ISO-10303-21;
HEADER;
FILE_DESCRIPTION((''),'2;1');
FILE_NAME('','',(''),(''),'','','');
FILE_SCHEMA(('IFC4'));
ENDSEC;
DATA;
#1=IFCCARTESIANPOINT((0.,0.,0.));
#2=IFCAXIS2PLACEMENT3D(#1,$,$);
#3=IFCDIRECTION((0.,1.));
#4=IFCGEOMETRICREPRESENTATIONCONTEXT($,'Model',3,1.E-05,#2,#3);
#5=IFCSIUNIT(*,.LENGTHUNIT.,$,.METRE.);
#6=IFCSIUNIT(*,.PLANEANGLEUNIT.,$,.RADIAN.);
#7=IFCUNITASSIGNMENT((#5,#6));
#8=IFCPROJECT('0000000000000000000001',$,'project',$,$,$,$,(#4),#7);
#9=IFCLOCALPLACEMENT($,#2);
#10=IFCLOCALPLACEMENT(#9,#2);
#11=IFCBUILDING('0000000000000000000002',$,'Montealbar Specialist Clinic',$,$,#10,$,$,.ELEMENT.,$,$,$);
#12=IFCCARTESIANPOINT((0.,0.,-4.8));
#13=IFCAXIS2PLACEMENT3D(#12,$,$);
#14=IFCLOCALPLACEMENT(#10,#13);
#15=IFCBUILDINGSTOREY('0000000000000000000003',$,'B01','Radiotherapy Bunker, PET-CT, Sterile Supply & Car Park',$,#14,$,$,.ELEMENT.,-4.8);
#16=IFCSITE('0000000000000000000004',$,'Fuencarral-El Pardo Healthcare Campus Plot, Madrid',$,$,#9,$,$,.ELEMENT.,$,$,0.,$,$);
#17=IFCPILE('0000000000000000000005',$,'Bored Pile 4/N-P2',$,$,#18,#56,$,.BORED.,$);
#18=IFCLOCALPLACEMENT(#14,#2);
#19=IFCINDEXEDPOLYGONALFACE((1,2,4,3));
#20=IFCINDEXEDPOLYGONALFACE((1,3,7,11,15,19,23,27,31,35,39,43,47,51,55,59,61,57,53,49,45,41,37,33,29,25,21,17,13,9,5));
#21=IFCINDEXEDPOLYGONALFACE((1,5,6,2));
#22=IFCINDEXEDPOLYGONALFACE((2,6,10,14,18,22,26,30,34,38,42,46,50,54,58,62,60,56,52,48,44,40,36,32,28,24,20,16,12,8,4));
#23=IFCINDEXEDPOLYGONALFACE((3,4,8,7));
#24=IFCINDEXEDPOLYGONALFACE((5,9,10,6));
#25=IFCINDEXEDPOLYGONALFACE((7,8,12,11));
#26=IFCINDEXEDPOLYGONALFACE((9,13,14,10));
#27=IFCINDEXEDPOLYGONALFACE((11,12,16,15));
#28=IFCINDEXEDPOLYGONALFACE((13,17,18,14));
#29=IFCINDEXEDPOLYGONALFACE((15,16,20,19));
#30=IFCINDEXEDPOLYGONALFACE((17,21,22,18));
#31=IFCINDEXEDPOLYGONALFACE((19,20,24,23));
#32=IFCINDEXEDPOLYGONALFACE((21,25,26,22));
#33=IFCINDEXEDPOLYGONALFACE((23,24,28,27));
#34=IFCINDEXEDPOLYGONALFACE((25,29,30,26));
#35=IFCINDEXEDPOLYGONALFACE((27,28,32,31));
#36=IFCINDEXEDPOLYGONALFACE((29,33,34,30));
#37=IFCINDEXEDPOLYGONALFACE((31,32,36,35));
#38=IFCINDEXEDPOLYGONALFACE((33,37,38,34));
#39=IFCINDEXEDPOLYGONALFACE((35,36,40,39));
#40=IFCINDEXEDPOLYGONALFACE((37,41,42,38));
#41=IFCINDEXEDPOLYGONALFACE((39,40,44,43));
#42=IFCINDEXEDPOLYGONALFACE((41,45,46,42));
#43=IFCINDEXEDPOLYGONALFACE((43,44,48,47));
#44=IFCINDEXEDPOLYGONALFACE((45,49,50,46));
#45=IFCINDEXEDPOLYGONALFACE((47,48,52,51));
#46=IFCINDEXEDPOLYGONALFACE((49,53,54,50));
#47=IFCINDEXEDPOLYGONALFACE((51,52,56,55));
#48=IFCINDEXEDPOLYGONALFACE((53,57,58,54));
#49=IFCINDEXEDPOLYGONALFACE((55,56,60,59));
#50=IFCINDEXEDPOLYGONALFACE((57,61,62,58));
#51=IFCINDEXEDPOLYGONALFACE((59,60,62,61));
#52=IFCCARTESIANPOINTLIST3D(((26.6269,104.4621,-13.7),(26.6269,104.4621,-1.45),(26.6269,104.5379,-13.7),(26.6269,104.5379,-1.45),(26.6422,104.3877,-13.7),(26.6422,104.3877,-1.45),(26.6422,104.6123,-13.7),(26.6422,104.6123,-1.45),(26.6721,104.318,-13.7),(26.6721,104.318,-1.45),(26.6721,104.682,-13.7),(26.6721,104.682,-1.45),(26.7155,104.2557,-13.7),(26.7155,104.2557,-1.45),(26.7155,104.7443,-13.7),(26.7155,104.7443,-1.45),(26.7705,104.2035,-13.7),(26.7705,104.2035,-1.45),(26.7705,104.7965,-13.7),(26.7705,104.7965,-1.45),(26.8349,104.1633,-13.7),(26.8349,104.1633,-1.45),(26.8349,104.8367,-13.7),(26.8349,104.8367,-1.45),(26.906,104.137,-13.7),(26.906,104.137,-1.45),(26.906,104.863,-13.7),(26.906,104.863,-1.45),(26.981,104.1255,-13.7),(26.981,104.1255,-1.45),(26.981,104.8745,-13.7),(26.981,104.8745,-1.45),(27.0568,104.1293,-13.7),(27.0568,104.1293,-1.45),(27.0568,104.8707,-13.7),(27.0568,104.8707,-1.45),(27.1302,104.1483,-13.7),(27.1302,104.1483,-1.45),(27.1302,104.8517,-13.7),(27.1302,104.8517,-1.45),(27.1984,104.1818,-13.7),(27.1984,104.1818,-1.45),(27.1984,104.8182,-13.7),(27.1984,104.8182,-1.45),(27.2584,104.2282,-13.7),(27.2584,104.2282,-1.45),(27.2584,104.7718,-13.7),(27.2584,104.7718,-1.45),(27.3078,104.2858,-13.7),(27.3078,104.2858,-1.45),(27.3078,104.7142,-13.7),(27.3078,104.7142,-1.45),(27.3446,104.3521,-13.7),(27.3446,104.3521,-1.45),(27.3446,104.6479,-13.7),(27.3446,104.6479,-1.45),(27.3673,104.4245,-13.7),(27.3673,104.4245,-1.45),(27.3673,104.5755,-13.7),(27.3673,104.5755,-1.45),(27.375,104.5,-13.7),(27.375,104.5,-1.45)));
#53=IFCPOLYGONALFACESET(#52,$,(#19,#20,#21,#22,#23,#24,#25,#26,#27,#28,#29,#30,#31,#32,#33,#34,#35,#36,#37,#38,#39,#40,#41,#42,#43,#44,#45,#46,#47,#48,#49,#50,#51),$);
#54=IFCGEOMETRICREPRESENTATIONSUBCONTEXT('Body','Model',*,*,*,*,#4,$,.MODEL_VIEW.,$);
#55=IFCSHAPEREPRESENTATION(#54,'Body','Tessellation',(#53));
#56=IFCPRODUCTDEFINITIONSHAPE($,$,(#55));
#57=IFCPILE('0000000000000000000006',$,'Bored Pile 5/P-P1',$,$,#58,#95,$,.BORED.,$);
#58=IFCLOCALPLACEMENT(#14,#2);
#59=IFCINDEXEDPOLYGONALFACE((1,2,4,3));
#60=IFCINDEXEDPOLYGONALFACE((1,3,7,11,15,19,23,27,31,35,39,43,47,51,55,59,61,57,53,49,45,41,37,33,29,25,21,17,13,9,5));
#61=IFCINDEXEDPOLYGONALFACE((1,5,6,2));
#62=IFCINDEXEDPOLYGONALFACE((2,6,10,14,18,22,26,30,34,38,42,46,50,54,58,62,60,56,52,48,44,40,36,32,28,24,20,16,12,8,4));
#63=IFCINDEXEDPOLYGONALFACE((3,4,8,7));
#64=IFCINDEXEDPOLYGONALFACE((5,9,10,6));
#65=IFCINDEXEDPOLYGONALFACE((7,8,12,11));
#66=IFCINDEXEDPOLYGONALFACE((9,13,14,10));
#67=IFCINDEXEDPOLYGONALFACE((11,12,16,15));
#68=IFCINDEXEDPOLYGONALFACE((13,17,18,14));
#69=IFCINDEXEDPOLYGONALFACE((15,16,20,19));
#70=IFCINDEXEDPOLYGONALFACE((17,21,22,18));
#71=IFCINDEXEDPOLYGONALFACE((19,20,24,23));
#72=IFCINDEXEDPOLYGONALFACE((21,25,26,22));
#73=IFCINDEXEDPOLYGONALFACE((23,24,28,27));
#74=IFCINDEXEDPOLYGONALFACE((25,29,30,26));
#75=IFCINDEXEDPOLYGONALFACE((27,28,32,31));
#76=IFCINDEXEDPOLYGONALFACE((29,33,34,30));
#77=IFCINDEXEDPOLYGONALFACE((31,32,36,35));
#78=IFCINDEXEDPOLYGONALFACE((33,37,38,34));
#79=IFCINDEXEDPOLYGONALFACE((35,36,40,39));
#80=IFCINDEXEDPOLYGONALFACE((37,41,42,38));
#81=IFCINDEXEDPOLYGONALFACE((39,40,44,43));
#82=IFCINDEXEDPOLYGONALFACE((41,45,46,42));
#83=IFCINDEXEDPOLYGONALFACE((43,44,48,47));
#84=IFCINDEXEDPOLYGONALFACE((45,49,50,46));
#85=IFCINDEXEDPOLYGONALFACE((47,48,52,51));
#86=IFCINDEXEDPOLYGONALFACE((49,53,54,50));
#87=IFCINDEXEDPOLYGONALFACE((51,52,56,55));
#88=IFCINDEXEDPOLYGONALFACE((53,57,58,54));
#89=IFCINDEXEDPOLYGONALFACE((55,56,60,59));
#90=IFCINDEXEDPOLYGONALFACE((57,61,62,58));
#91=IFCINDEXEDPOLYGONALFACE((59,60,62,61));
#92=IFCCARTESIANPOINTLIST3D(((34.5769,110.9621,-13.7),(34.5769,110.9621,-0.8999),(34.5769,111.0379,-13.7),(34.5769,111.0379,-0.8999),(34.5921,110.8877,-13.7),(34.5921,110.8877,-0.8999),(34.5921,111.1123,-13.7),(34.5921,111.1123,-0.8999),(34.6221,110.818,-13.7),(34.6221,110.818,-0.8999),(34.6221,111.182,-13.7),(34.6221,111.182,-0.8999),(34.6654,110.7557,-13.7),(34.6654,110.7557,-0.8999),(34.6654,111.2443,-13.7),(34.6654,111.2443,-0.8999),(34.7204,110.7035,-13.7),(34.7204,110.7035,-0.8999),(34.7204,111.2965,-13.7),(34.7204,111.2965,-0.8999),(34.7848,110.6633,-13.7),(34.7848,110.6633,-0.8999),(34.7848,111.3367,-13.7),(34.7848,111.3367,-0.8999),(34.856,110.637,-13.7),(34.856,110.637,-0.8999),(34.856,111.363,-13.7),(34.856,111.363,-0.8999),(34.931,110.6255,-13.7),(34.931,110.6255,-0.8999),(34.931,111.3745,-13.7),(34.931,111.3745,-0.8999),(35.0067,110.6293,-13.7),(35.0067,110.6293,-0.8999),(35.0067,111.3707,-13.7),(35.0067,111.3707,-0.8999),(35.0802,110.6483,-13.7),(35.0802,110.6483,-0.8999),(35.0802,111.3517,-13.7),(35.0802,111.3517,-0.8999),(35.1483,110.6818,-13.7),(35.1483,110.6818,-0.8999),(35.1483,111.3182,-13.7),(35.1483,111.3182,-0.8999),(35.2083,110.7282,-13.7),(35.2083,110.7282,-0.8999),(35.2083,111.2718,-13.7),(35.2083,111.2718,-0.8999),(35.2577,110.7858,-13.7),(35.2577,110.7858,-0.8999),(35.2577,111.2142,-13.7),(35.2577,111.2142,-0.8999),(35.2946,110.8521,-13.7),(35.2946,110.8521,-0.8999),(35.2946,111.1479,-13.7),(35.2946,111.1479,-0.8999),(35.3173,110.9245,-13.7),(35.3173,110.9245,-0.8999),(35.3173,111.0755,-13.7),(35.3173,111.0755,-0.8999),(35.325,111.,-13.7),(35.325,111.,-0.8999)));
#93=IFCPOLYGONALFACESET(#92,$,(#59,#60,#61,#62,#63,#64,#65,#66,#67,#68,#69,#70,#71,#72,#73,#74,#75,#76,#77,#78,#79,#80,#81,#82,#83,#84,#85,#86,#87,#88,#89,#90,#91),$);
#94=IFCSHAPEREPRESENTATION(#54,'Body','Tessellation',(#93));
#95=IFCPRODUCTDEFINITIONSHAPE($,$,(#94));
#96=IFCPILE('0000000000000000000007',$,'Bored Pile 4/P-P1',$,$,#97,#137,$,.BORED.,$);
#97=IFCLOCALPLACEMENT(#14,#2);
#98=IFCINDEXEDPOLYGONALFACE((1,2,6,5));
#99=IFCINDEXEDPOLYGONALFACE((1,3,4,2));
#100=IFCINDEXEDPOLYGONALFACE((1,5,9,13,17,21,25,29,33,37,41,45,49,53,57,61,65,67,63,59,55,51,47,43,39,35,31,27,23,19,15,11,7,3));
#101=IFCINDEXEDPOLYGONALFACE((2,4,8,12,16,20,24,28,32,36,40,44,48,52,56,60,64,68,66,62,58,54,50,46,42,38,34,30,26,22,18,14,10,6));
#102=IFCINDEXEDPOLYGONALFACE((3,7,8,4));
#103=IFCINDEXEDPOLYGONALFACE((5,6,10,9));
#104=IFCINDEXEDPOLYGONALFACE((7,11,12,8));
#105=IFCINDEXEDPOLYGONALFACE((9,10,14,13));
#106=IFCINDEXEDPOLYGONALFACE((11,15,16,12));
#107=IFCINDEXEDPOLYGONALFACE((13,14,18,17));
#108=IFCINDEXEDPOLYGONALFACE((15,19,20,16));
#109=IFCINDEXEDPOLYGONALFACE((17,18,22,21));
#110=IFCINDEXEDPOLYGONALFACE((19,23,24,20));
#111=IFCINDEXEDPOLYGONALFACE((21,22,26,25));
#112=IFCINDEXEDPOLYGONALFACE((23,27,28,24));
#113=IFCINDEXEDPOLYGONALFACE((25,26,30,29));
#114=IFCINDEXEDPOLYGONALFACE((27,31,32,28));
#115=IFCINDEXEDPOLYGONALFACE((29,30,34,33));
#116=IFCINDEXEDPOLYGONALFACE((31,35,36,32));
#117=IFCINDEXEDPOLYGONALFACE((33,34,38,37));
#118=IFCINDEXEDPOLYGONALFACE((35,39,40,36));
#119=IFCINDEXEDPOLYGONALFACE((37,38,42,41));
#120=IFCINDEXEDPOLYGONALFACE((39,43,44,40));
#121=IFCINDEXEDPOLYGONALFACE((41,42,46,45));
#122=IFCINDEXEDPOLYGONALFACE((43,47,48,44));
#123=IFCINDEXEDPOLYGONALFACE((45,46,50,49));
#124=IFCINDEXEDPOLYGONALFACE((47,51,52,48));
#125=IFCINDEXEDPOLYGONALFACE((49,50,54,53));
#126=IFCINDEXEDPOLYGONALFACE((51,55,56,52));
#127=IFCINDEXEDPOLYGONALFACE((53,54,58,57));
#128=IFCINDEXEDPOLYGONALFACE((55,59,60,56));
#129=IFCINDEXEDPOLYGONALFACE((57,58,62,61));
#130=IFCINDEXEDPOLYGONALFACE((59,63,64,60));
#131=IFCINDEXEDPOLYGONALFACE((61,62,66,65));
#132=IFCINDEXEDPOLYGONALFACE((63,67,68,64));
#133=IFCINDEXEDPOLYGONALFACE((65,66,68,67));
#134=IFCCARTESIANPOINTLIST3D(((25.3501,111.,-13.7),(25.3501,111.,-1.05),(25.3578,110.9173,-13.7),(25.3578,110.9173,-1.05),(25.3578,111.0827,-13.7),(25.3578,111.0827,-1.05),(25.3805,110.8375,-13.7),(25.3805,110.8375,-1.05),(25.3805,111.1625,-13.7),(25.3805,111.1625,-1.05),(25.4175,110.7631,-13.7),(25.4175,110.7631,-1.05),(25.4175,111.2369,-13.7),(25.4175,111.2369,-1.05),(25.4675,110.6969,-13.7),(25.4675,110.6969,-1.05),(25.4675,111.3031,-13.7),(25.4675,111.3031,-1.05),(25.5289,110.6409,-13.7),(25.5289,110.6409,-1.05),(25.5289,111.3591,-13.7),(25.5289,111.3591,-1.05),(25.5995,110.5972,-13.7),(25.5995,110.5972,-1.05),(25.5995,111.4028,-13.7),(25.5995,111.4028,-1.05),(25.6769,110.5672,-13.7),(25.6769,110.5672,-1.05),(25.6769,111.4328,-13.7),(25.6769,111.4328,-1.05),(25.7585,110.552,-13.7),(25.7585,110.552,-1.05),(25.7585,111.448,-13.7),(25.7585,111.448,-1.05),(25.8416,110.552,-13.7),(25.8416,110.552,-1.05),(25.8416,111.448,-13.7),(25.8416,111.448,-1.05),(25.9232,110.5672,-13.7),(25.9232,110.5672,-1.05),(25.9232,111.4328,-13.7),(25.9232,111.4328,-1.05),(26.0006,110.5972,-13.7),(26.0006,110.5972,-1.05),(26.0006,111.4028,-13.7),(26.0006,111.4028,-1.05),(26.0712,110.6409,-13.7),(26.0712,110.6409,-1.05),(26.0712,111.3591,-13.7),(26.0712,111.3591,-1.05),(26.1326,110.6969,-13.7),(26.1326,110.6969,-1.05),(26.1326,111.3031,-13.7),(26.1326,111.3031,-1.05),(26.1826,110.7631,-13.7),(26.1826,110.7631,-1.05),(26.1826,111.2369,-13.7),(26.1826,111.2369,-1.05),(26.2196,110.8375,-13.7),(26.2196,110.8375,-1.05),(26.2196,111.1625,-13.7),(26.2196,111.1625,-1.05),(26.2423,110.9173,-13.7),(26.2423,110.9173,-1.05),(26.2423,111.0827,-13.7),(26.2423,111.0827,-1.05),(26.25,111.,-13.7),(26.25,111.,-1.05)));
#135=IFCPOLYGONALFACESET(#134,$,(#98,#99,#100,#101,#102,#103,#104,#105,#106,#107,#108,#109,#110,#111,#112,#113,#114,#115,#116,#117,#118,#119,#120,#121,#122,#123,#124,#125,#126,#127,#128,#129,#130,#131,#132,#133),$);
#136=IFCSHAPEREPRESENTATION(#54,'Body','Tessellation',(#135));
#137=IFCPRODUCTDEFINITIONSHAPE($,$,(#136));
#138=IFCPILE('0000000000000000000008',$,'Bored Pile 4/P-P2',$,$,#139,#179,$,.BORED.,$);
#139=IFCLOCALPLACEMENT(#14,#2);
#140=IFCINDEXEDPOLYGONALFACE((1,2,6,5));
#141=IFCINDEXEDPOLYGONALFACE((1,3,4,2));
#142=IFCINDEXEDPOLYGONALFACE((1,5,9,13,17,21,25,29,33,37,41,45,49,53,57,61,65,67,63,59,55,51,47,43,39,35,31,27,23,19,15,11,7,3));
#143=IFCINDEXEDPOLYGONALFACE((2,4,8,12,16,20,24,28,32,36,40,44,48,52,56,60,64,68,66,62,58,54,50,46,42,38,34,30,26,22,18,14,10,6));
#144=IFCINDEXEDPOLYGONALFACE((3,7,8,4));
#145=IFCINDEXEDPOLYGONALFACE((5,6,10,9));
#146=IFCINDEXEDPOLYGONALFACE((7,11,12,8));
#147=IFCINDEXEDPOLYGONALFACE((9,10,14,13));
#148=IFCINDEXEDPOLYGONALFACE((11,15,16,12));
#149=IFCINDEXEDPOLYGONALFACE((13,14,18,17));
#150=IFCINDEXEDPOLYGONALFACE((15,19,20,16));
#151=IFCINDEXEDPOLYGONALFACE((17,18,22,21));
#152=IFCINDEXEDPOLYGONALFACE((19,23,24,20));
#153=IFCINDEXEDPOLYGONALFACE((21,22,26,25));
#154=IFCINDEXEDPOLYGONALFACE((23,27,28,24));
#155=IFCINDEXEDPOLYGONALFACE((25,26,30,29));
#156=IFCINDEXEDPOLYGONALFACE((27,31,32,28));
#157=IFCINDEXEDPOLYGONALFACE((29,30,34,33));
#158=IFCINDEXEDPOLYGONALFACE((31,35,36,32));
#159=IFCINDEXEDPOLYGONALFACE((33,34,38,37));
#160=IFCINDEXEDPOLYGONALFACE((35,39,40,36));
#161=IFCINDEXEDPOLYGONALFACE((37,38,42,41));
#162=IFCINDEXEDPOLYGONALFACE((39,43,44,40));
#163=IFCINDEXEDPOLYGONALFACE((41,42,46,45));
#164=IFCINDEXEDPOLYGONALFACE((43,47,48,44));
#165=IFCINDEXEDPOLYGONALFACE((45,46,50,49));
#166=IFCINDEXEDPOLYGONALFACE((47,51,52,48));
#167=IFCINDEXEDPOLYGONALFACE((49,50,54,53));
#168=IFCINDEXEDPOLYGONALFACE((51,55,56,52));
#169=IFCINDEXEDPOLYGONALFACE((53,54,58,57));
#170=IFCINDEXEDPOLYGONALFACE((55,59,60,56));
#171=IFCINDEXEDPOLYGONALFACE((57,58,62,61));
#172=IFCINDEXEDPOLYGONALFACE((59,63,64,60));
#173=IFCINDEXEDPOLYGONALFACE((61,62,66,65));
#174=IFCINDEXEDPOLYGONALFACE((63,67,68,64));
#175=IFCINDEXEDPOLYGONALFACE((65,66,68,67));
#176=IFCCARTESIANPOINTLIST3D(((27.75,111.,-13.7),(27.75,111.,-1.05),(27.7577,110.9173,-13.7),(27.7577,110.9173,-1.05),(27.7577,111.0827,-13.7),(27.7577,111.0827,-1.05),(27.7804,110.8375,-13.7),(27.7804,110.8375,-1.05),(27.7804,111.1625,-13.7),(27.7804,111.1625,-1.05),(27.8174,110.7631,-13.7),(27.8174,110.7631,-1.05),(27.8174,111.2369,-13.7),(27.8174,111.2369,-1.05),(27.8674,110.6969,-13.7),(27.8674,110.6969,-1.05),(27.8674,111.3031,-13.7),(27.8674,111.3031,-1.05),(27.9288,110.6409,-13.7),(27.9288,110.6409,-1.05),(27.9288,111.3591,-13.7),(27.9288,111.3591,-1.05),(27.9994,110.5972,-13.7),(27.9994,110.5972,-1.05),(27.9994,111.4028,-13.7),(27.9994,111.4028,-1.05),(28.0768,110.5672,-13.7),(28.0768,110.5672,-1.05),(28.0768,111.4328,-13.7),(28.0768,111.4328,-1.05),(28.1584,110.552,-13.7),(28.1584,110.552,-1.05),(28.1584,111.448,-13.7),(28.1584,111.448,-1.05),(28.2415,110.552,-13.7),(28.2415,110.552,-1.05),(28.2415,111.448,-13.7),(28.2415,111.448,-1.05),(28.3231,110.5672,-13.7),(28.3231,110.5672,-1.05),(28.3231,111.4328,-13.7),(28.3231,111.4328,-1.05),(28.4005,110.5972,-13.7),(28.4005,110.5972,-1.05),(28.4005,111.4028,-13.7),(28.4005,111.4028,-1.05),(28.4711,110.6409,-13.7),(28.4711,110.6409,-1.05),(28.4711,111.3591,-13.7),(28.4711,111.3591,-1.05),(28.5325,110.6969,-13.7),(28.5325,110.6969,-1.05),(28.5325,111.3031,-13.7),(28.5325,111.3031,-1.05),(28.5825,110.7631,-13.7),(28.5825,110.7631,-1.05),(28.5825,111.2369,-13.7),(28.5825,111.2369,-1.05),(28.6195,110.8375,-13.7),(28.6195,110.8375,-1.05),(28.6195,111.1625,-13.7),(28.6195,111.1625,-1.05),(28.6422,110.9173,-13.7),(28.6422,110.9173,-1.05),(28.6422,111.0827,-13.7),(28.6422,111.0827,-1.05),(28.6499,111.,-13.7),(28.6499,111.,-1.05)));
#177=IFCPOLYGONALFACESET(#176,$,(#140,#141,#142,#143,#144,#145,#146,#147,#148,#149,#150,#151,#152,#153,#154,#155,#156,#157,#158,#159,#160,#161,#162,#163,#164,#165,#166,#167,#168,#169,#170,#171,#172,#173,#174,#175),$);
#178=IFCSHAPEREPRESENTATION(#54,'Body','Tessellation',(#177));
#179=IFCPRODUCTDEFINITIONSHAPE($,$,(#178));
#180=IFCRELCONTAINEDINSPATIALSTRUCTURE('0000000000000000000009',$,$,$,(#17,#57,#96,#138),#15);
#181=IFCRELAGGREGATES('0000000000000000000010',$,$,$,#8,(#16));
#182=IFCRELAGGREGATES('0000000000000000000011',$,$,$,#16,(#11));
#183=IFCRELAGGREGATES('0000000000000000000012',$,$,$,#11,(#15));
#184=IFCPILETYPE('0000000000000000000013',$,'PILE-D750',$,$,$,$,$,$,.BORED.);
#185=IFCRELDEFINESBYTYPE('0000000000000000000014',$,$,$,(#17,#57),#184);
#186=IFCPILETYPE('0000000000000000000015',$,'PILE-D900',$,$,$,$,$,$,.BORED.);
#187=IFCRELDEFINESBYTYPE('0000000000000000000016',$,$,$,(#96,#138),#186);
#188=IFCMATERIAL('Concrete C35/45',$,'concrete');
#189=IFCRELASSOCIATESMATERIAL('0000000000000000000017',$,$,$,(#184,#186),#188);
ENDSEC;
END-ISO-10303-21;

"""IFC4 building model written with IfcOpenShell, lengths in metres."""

from ifc_helpers import new_model, si_unit, direction, frame, origin, origin_2d, place, context, subcontext, project, spatial, circle, extrude, material, material_profile, profile_set, type_object, element, save


model = new_model("IFC4")

# Units and contexts
model_context = context("Model", 3, precision=1e-05, world=origin(), true_north=direction((0.0, 1.0)))
body_context = subcontext(model_context, "Body", "Model", "MODEL_VIEW")
ifc_project = project(units=[si_unit("LENGTHUNIT", "METRE"), si_unit("PLANEANGLEUNIT", "RADIAN")], contexts=[model_context])

# Site, building, storey
site_placement = place(None, origin())
site = spatial("IfcSite", under=ifc_project, at=site_placement, Name="Fuencarral-El Pardo Healthcare Campus Plot, Madrid", CompositionType="ELEMENT", RefElevation=0.0)
building_placement = place(site_placement, origin())
building = spatial("IfcBuilding", under=site, at=building_placement, Name="Montealbar Specialist Clinic", CompositionType="ELEMENT")
storey_placement = place(building_placement, frame((0.0, 0.0, -4.8)))
storey = spatial("IfcBuildingStorey", under=building, at=storey_placement, Name="B01", Description="Radiotherapy Bunker, PET-CT, Sterile Supply & Car Park", CompositionType="ELEMENT", Elevation=-4.8)

# Shared definitions
ifc_material_1 = material(Name="Concrete C35/45", Category="concrete")

# Piles
ifc_material_profile_1 = material_profile(ifc_material_1, circle(Radius=0.375, at=origin_2d()), Name="PILE D750", Category="concrete")
ifc_profile_set_1 = profile_set([ifc_material_profile_1], Name="Concrete C35/45")
pile_type_1 = type_object("IfcPileType", Name="PILE-D750", PredefinedType="BORED", material=ifc_profile_set_1)
for number, where, z_axis, x_axis, name in (
    (1, (27.0, 104.5, -1.45), (0.0, 0.0, -1.0), (1.0, 0.0, 0.0), "Bored Pile 4/N-P2"),
):
    element("IfcPile", number, at=place(storey_placement, frame(where, z_axis=z_axis, x_axis=x_axis)), inside=storey, type_object=pile_type_1, Name=name, PredefinedType="BORED", context=body_context, shape_type="SweptSolid", body=[
        extrude(circle(Radius=0.375, at=origin_2d()), origin(), (0.0, 0.0, 1.0), 12.25),
    ])
pile_1_placement = place(storey_placement, frame((34.95, 111.0, -0.8999), z_axis=(0.0, 0.0, -1.0), x_axis=(1.0, 0.0, 0.0)))
element("IfcPile", 2, at=pile_1_placement, inside=storey, type_object=pile_type_1, Name="Bored Pile 5/P-P1", PredefinedType="BORED", context=body_context, shape_type="SweptSolid", body=[
    extrude(circle(Radius=0.375, at=origin_2d()), origin(), (0.0, 0.0, 1.0), 12.8),
])
ifc_material_profile_2 = material_profile(ifc_material_1, circle(Radius=0.45, at=origin_2d()), Name="PILE D900", Category="concrete")
ifc_profile_set_2 = profile_set([ifc_material_profile_2], Name="Concrete C35/45")
pile_type_2 = type_object("IfcPileType", Name="PILE-D900", PredefinedType="BORED", material=ifc_profile_set_2)
for number, where, z_axis, x_axis, name in (
    (3, (25.8, 111.0, -1.05), (0.0, 0.0, -1.0), (1.0, 0.0, 0.0), "Bored Pile 4/P-P1"),
    (4, (28.2, 111.0, -1.05), (0.0, 0.0, -1.0), (1.0, 0.0, 0.0), "Bored Pile 4/P-P2"),
):
    element("IfcPile", number, at=place(storey_placement, frame(where, z_axis=z_axis, x_axis=x_axis)), inside=storey, type_object=pile_type_2, Name=name, PredefinedType="BORED", context=body_context, shape_type="SweptSolid", body=[
        extrude(circle(Radius=0.45, at=origin_2d()), origin(), (0.0, 0.0, 1.0), 12.6499),
    ])

save(model, "model.ifc")
